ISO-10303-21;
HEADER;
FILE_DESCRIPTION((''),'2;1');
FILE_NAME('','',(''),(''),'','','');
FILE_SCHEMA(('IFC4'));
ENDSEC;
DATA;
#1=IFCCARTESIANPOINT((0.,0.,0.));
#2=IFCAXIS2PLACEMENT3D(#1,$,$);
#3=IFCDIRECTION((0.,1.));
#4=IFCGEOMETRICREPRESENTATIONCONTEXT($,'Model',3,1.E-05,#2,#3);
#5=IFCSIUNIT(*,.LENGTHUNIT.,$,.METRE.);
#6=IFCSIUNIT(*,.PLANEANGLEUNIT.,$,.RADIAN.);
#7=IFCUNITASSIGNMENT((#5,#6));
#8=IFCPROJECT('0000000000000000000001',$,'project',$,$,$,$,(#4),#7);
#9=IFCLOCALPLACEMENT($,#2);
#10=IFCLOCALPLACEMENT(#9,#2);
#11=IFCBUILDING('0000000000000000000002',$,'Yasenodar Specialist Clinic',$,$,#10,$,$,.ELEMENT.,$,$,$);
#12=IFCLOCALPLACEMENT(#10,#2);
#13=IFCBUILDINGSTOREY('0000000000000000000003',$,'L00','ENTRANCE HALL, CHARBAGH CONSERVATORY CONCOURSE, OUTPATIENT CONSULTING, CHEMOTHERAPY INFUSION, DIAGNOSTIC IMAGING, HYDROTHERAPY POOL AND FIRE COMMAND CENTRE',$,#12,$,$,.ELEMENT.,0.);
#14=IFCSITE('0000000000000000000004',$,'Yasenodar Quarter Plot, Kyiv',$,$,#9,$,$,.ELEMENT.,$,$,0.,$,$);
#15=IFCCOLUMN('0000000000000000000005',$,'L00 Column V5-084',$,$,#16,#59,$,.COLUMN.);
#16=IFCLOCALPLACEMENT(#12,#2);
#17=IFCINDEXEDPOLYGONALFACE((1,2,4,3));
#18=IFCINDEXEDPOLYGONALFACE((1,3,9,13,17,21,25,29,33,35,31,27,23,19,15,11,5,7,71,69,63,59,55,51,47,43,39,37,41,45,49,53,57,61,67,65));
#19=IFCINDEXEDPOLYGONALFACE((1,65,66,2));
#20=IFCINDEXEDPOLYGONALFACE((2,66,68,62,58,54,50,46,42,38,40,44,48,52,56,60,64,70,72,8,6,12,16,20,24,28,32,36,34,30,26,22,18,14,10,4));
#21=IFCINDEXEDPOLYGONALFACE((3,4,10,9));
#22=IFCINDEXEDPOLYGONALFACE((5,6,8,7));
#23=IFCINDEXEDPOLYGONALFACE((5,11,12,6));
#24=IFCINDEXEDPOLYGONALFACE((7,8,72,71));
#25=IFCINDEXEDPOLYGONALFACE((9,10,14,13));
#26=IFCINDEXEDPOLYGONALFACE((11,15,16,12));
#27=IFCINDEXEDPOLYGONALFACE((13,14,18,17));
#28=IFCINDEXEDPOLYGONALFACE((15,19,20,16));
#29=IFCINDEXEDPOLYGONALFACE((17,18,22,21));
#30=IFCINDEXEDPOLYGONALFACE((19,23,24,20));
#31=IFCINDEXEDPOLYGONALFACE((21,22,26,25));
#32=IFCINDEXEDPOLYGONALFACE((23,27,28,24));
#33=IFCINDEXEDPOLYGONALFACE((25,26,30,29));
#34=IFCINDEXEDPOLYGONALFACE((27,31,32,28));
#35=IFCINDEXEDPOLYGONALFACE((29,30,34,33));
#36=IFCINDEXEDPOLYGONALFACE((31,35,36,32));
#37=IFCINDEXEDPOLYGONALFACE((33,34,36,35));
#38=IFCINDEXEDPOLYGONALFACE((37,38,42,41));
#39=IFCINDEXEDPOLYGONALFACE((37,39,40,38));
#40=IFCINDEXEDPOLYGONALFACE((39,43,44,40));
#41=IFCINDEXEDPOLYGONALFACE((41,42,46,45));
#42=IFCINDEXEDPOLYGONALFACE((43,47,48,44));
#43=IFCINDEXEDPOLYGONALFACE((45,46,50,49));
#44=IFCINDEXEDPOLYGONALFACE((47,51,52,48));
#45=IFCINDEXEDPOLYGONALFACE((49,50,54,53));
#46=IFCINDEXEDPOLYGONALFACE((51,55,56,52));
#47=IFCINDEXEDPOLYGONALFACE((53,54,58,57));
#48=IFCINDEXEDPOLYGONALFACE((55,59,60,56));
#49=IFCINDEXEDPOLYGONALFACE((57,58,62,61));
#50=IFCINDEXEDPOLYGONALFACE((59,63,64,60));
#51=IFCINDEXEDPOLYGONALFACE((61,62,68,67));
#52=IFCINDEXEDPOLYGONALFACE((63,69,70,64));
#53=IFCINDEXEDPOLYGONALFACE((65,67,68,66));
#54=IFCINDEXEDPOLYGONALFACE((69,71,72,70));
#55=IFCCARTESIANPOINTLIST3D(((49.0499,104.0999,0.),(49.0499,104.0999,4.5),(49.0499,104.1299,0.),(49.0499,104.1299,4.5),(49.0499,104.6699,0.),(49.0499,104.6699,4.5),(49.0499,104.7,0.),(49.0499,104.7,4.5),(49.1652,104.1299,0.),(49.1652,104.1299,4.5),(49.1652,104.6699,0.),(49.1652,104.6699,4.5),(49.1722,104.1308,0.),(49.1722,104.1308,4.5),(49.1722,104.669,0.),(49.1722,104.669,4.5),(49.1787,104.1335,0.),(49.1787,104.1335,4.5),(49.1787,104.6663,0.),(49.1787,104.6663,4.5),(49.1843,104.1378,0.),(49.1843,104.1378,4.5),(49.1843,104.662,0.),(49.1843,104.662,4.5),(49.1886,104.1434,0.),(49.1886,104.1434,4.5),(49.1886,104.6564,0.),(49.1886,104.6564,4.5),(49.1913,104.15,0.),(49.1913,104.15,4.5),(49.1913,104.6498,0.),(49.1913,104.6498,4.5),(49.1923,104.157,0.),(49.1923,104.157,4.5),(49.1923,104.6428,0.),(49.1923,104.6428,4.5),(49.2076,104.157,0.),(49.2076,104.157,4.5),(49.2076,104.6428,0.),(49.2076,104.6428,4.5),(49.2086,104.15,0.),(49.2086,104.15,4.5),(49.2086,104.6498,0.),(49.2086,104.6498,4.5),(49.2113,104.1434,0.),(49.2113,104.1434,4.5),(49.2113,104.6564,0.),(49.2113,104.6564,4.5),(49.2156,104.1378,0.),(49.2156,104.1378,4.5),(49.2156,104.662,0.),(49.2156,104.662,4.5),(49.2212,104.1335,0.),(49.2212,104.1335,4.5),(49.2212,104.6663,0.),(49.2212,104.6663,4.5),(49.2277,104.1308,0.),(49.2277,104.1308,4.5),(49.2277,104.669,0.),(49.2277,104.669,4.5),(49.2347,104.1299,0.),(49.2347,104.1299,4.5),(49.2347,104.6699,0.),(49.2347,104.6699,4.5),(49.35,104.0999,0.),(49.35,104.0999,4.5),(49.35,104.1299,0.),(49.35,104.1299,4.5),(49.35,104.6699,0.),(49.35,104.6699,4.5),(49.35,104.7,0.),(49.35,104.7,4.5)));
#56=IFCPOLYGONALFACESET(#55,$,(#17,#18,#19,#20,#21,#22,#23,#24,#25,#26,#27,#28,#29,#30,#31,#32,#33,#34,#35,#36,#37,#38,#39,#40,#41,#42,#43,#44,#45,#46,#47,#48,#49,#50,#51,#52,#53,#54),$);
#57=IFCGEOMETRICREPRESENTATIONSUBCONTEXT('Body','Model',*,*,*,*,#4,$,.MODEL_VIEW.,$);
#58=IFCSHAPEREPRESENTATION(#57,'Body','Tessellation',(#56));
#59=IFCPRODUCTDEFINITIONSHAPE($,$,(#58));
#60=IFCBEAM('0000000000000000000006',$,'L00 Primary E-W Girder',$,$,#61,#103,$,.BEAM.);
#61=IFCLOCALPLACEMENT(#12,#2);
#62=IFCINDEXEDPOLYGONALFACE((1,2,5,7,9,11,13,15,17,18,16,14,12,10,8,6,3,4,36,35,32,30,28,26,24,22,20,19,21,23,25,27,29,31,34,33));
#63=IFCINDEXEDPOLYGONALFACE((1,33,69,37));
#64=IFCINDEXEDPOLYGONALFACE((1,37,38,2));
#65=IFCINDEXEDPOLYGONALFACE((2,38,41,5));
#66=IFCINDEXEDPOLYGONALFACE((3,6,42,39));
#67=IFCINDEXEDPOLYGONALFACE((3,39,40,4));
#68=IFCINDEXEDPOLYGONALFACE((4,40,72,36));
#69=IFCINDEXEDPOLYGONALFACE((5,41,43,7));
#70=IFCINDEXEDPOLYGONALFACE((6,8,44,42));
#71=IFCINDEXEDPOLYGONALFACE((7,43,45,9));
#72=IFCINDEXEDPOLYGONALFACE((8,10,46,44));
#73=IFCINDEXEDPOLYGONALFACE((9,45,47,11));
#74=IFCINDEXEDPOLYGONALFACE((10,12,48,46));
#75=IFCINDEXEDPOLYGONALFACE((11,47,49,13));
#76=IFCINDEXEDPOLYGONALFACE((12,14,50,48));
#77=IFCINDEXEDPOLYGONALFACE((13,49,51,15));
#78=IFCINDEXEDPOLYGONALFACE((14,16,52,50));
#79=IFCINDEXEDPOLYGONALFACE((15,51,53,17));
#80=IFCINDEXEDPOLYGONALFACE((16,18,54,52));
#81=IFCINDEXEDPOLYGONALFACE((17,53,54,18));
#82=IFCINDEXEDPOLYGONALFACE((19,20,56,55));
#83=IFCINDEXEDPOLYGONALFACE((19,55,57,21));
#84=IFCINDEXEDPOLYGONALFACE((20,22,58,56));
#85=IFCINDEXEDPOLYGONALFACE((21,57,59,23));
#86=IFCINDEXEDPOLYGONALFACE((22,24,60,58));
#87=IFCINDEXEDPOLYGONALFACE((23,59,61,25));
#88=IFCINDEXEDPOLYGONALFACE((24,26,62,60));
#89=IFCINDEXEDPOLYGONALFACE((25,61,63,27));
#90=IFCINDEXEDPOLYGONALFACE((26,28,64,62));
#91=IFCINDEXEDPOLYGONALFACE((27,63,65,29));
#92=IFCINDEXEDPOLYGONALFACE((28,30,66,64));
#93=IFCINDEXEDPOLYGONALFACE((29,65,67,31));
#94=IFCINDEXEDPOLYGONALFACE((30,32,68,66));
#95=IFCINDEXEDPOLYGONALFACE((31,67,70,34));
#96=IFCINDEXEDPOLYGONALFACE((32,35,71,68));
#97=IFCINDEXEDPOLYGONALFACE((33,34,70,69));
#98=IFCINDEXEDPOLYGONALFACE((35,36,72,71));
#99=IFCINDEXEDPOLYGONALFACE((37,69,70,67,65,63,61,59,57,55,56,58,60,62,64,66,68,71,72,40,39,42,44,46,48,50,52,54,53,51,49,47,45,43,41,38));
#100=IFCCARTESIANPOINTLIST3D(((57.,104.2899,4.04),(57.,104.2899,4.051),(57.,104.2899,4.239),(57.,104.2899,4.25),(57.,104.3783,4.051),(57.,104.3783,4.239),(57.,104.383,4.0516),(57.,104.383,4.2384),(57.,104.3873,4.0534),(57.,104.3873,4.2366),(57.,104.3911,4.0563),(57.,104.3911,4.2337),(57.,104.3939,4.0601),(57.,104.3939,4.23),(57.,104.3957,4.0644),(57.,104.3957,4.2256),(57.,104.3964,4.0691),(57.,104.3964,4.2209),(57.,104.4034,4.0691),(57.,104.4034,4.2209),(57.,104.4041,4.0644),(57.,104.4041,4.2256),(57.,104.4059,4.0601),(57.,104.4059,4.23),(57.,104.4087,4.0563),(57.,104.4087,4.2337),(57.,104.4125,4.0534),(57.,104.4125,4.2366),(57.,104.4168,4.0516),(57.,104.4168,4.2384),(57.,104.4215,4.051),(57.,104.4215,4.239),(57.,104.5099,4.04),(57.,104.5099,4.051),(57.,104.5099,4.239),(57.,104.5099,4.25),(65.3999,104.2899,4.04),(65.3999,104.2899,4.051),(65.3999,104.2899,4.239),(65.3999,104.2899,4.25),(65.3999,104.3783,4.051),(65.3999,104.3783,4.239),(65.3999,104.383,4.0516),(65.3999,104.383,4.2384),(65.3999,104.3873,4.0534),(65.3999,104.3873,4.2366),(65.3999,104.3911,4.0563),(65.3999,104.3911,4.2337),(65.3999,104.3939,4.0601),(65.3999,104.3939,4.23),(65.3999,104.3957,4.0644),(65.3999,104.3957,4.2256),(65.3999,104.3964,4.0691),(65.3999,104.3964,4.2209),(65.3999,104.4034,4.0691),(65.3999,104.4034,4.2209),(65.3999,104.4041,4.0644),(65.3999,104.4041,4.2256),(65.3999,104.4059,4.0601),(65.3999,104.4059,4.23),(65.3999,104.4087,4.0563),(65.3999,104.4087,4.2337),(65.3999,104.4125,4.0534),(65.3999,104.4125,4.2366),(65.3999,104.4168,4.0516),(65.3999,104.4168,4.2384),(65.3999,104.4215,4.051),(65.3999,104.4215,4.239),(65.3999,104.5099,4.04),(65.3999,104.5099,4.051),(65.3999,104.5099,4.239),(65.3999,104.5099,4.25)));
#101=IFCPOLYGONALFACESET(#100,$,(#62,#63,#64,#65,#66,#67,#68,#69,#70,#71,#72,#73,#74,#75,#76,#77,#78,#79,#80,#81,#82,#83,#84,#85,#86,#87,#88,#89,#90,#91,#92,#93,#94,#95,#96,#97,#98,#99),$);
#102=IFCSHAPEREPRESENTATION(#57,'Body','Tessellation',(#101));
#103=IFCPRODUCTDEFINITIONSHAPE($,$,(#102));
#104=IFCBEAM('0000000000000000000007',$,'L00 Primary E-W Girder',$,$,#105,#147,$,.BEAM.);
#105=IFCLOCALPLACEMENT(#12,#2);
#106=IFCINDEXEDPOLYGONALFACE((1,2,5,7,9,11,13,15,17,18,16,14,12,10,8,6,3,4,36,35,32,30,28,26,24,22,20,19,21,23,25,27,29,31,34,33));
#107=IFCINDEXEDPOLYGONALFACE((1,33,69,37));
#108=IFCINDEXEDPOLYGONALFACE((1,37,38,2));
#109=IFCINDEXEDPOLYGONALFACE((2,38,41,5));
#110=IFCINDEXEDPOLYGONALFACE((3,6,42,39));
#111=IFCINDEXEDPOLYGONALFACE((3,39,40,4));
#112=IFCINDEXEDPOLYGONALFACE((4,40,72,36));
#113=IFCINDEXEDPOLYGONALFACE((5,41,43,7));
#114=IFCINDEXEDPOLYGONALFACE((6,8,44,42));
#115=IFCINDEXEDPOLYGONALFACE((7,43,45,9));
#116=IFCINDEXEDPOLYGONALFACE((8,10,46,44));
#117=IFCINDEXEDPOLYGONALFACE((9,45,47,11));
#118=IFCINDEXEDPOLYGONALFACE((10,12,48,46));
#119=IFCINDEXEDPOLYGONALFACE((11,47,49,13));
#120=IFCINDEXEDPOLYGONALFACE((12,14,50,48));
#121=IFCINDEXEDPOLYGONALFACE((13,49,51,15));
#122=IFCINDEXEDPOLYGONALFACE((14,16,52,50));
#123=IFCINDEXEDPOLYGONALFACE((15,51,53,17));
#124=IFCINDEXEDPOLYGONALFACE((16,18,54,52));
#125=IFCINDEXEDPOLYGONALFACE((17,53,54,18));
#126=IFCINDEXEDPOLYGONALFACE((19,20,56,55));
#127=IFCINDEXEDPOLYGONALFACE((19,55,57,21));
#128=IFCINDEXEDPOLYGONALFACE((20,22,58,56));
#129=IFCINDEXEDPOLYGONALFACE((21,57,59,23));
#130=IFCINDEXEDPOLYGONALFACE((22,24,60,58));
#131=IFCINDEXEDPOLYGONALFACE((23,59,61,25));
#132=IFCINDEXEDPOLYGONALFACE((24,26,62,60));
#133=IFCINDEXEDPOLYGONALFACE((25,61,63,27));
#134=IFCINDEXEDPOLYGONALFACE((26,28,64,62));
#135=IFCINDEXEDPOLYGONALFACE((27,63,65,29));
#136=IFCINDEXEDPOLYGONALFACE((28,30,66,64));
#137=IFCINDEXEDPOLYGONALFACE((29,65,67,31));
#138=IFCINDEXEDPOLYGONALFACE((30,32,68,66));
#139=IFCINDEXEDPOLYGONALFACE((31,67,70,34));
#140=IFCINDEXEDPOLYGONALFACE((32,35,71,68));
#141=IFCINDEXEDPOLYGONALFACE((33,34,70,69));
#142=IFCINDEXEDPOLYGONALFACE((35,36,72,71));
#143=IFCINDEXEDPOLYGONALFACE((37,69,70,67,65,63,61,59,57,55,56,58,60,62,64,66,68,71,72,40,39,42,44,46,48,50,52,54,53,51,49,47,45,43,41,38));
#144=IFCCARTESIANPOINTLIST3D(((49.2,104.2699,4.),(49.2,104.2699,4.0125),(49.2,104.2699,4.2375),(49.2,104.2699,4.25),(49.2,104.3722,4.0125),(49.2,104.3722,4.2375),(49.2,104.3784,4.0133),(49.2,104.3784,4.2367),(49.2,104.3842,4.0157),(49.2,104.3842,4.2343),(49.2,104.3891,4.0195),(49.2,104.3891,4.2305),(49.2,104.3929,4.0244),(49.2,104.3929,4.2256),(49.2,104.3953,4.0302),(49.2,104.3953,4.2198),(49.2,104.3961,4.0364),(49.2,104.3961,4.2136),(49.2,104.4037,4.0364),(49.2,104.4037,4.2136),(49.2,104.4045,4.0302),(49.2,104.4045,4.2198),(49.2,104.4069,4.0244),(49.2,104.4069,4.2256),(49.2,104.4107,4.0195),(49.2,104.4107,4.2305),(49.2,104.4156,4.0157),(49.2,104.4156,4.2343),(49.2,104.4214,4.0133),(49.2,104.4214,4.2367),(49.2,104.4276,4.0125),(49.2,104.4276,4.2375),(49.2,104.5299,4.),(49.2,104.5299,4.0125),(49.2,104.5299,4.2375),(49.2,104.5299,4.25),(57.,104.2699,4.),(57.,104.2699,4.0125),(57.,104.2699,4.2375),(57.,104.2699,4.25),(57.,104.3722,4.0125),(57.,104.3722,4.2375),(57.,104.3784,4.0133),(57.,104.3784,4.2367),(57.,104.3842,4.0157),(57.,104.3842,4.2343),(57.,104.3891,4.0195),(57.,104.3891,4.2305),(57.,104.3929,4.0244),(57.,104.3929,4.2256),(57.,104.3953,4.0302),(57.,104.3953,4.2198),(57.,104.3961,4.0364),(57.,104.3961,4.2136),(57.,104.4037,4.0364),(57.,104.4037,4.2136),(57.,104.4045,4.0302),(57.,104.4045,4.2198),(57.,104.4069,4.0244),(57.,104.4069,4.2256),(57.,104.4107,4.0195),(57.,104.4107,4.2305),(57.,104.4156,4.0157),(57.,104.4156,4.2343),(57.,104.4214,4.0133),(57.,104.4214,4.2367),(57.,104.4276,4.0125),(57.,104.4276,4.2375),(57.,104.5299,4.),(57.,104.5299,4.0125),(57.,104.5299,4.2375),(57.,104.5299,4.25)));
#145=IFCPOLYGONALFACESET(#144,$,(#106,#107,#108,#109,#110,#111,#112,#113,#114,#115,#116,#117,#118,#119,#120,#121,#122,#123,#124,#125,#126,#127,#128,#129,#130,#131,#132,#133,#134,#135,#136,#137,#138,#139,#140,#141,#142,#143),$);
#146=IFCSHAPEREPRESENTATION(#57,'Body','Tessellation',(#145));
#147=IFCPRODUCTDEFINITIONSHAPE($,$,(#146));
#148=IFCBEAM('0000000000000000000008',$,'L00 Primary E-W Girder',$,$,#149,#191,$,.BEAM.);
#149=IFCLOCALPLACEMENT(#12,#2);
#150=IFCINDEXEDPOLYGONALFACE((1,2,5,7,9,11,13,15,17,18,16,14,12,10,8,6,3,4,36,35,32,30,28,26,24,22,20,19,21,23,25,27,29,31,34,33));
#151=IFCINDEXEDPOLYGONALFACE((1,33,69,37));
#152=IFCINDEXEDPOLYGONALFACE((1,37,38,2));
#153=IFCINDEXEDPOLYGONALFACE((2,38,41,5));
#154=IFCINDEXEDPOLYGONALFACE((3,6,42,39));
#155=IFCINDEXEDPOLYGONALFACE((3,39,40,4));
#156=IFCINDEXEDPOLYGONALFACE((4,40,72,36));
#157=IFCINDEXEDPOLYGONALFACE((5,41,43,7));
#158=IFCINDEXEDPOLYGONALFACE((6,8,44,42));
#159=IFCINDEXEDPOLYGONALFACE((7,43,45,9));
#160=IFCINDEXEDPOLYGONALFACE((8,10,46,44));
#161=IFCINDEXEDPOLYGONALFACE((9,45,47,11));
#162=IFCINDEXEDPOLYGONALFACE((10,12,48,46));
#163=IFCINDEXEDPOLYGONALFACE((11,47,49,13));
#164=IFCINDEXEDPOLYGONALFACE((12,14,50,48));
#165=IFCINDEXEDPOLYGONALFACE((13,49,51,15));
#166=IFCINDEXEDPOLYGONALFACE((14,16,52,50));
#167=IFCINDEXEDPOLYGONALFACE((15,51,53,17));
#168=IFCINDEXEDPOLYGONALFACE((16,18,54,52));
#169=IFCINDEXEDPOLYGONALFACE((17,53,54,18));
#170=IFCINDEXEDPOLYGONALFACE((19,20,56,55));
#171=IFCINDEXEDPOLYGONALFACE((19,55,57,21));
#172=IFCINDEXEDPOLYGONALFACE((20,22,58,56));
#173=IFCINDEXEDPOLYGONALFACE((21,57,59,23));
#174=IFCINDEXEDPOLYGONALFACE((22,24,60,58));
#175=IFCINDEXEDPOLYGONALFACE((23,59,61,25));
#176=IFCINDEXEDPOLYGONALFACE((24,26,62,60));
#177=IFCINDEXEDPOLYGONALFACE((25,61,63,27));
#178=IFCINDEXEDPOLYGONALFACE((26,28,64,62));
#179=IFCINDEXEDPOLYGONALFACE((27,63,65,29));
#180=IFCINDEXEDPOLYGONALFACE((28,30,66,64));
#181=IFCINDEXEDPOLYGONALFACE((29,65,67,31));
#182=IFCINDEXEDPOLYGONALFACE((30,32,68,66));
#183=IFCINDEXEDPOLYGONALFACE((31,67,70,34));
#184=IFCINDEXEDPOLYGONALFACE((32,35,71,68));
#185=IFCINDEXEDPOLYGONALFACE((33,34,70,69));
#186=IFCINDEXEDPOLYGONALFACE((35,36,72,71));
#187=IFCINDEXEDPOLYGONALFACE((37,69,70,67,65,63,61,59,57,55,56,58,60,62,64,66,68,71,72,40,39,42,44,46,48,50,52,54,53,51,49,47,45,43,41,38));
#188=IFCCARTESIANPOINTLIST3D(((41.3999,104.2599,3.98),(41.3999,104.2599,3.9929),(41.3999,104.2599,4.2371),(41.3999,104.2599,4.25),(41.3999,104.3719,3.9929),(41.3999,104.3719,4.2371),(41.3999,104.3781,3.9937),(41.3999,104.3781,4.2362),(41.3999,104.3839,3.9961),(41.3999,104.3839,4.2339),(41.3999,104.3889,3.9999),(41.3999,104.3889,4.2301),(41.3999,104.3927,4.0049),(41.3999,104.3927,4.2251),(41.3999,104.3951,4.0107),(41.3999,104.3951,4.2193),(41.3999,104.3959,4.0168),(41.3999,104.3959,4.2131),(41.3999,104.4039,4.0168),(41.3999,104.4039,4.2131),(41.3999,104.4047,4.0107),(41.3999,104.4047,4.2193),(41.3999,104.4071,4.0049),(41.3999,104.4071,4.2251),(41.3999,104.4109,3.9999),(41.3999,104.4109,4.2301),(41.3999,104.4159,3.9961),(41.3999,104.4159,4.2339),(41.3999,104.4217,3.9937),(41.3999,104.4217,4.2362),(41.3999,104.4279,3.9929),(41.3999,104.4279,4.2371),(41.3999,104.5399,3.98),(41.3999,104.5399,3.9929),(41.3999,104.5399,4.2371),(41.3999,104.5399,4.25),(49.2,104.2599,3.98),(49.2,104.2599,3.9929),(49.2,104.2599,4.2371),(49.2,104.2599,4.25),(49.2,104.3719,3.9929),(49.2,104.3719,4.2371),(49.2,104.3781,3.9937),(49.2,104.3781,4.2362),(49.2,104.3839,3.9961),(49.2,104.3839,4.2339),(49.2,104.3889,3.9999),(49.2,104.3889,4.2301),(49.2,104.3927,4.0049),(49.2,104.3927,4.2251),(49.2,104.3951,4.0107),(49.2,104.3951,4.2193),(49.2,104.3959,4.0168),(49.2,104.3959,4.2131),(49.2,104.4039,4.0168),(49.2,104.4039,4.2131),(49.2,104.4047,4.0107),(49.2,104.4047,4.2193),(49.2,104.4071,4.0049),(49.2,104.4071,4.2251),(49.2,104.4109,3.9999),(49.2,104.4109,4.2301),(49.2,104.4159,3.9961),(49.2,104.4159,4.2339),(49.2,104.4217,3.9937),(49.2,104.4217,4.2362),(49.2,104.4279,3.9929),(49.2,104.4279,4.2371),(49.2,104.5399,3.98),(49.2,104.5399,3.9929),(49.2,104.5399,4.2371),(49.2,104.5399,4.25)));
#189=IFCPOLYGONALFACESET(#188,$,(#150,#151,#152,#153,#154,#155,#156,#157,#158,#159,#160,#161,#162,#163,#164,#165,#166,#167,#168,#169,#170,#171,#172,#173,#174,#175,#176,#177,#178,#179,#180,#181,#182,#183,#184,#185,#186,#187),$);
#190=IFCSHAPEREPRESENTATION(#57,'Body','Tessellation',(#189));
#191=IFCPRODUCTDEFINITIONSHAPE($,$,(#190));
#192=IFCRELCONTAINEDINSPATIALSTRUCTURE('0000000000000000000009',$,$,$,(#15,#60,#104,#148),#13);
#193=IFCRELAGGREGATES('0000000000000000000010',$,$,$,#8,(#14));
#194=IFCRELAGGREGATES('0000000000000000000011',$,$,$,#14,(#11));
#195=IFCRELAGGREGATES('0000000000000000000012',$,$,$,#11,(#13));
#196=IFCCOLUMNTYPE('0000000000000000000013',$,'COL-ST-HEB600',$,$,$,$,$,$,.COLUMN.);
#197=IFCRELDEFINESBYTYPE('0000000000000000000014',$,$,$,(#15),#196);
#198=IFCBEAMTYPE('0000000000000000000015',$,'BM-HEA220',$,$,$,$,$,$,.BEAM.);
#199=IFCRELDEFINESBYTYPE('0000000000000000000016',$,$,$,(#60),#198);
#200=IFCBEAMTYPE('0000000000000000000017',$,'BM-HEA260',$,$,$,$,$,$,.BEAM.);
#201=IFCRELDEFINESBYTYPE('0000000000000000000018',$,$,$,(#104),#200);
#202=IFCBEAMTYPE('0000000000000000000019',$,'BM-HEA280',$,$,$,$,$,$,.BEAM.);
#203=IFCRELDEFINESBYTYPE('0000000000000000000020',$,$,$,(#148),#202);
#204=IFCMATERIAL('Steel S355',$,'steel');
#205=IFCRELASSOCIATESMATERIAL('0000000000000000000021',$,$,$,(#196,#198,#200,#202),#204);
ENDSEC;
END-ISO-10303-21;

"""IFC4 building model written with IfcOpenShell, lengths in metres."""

from ifc_helpers import new_model, si_unit, direction, frame, origin, origin_2d, place, context, subcontext, project, spatial, i_section, extrude, material, material_profile, profile_set, type_object, element, save


model = new_model("IFC4")

# Units and contexts
model_context = context("Model", 3, precision=1e-05, world=origin(), true_north=direction((0.0, 1.0)))
body_context = subcontext(model_context, "Body", "Model", "MODEL_VIEW")
ifc_project = project(units=[si_unit("LENGTHUNIT", "METRE"), si_unit("PLANEANGLEUNIT", "RADIAN")], contexts=[model_context])

# Site, building, storey
site_placement = place(None, origin())
site = spatial("IfcSite", under=ifc_project, at=site_placement, Name="Yasenodar Quarter Plot, Kyiv", CompositionType="ELEMENT", RefElevation=0.0)
building_placement = place(site_placement, origin())
building = spatial("IfcBuilding", under=site, at=building_placement, Name="Yasenodar Specialist Clinic", CompositionType="ELEMENT")
storey_placement = place(building_placement, origin())
storey = spatial("IfcBuildingStorey", under=building, at=storey_placement, Name="L00", Description="ENTRANCE HALL, CHARBAGH CONSERVATORY CONCOURSE, OUTPATIENT CONSULTING, CHEMOTHERAPY INFUSION, DIAGNOSTIC IMAGING, HYDROTHERAPY POOL AND FIRE COMMAND CENTRE", CompositionType="ELEMENT", Elevation=0.0)

# Column
ifc_material_1 = material(Name="Steel S355", Category="steel")
ifc_material_profile_1 = material_profile(ifc_material_1, i_section(OverallWidth=0.3, OverallDepth=0.6001, WebThickness=0.0154, FlangeThickness=0.03, FilletRadius=0.0271, at=origin_2d()), Name="HEB 600")
ifc_profile_set_1 = profile_set([ifc_material_profile_1], Name="Steel S355")
column_type_1 = type_object("IfcColumnType", Name="COL-ST-HEB600", PredefinedType="COLUMN", material=ifc_profile_set_1)
column_1_placement = place(storey_placement, frame((49.2, 104.3999, 0.0), z_axis=(0.0, 0.0, 1.0), x_axis=(1.0, 0.0, 0.0)))
element("IfcColumn", 1, at=column_1_placement, inside=storey, type_object=column_type_1, Name="L00 Column V5-084", PredefinedType="COLUMN", context=body_context, shape_type="SweptSolid", body=[
    extrude(i_section(OverallWidth=0.3, OverallDepth=0.6001, WebThickness=0.0154, FlangeThickness=0.03, FilletRadius=0.0271, at=origin_2d()), origin(), (0.0, 0.0, 1.0), 4.5),
])

# Beams
ifc_material_profile_2 = material_profile(ifc_material_1, i_section(OverallWidth=0.22, OverallDepth=0.21, WebThickness=0.0071, FlangeThickness=0.011, FilletRadius=0.0181, at=origin_2d()), Name="HEA 220")
ifc_profile_set_2 = profile_set([ifc_material_profile_2], Name="Steel S355")
beam_type_1 = type_object("IfcBeamType", Name="BM-HEA220", PredefinedType="BEAM", material=ifc_profile_set_2)
beam_1_placement = place(storey_placement, frame((57.0, 104.3999, 4.145), z_axis=(1.0, 0.0, 0.0), x_axis=(0.0, 1.0, 0.0)))
element("IfcBeam", 2, at=beam_1_placement, inside=storey, type_object=beam_type_1, Name="L00 Primary E-W Girder", PredefinedType="BEAM", context=body_context, shape_type="SweptSolid", body=[
    extrude(i_section(OverallWidth=0.22, OverallDepth=0.21, WebThickness=0.0071, FlangeThickness=0.011, FilletRadius=0.0181, at=origin_2d()), origin(), (0.0, 0.0, 1.0), 8.3999),
])
ifc_material_profile_3 = material_profile(ifc_material_1, i_section(OverallWidth=0.26, OverallDepth=0.25, WebThickness=0.0076, FlangeThickness=0.0125, FilletRadius=0.0239, at=origin_2d()), Name="HEA 260")
ifc_profile_set_3 = profile_set([ifc_material_profile_3], Name="Steel S355")
beam_type_2 = type_object("IfcBeamType", Name="BM-HEA260", PredefinedType="BEAM", material=ifc_profile_set_3)
beam_2_placement = place(storey_placement, frame((49.2, 104.3999, 4.125), z_axis=(1.0, 0.0, 0.0), x_axis=(0.0, 1.0, 0.0)))
element("IfcBeam", 3, at=beam_2_placement, inside=storey, type_object=beam_type_2, Name="L00 Primary E-W Girder", PredefinedType="BEAM", context=body_context, shape_type="SweptSolid", body=[
    extrude(i_section(OverallWidth=0.26, OverallDepth=0.25, WebThickness=0.0076, FlangeThickness=0.0125, FilletRadius=0.0239, at=origin_2d()), origin(), (0.0, 0.0, 1.0), 7.8),
])
ifc_material_profile_4 = material_profile(ifc_material_1, i_section(OverallWidth=0.28, OverallDepth=0.27, WebThickness=0.0081, FlangeThickness=0.0129, FilletRadius=0.0239, at=origin_2d()), Name="HEA 280")
ifc_profile_set_4 = profile_set([ifc_material_profile_4], Name="Steel S355")
beam_type_3 = type_object("IfcBeamType", Name="BM-HEA280", PredefinedType="BEAM", material=ifc_profile_set_4)
beam_3_placement = place(storey_placement, frame((41.3999, 104.3999, 4.115), z_axis=(1.0, 0.0, 0.0), x_axis=(0.0, 1.0, 0.0)))
element("IfcBeam", 4, at=beam_3_placement, inside=storey, type_object=beam_type_3, Name="L00 Primary E-W Girder", PredefinedType="BEAM", context=body_context, shape_type="SweptSolid", body=[
    extrude(i_section(OverallWidth=0.28, OverallDepth=0.27, WebThickness=0.0081, FlangeThickness=0.0129, FilletRadius=0.0239, at=origin_2d()), origin(), (0.0, 0.0, 1.0), 7.8),
])

save(model, "model.ifc")
